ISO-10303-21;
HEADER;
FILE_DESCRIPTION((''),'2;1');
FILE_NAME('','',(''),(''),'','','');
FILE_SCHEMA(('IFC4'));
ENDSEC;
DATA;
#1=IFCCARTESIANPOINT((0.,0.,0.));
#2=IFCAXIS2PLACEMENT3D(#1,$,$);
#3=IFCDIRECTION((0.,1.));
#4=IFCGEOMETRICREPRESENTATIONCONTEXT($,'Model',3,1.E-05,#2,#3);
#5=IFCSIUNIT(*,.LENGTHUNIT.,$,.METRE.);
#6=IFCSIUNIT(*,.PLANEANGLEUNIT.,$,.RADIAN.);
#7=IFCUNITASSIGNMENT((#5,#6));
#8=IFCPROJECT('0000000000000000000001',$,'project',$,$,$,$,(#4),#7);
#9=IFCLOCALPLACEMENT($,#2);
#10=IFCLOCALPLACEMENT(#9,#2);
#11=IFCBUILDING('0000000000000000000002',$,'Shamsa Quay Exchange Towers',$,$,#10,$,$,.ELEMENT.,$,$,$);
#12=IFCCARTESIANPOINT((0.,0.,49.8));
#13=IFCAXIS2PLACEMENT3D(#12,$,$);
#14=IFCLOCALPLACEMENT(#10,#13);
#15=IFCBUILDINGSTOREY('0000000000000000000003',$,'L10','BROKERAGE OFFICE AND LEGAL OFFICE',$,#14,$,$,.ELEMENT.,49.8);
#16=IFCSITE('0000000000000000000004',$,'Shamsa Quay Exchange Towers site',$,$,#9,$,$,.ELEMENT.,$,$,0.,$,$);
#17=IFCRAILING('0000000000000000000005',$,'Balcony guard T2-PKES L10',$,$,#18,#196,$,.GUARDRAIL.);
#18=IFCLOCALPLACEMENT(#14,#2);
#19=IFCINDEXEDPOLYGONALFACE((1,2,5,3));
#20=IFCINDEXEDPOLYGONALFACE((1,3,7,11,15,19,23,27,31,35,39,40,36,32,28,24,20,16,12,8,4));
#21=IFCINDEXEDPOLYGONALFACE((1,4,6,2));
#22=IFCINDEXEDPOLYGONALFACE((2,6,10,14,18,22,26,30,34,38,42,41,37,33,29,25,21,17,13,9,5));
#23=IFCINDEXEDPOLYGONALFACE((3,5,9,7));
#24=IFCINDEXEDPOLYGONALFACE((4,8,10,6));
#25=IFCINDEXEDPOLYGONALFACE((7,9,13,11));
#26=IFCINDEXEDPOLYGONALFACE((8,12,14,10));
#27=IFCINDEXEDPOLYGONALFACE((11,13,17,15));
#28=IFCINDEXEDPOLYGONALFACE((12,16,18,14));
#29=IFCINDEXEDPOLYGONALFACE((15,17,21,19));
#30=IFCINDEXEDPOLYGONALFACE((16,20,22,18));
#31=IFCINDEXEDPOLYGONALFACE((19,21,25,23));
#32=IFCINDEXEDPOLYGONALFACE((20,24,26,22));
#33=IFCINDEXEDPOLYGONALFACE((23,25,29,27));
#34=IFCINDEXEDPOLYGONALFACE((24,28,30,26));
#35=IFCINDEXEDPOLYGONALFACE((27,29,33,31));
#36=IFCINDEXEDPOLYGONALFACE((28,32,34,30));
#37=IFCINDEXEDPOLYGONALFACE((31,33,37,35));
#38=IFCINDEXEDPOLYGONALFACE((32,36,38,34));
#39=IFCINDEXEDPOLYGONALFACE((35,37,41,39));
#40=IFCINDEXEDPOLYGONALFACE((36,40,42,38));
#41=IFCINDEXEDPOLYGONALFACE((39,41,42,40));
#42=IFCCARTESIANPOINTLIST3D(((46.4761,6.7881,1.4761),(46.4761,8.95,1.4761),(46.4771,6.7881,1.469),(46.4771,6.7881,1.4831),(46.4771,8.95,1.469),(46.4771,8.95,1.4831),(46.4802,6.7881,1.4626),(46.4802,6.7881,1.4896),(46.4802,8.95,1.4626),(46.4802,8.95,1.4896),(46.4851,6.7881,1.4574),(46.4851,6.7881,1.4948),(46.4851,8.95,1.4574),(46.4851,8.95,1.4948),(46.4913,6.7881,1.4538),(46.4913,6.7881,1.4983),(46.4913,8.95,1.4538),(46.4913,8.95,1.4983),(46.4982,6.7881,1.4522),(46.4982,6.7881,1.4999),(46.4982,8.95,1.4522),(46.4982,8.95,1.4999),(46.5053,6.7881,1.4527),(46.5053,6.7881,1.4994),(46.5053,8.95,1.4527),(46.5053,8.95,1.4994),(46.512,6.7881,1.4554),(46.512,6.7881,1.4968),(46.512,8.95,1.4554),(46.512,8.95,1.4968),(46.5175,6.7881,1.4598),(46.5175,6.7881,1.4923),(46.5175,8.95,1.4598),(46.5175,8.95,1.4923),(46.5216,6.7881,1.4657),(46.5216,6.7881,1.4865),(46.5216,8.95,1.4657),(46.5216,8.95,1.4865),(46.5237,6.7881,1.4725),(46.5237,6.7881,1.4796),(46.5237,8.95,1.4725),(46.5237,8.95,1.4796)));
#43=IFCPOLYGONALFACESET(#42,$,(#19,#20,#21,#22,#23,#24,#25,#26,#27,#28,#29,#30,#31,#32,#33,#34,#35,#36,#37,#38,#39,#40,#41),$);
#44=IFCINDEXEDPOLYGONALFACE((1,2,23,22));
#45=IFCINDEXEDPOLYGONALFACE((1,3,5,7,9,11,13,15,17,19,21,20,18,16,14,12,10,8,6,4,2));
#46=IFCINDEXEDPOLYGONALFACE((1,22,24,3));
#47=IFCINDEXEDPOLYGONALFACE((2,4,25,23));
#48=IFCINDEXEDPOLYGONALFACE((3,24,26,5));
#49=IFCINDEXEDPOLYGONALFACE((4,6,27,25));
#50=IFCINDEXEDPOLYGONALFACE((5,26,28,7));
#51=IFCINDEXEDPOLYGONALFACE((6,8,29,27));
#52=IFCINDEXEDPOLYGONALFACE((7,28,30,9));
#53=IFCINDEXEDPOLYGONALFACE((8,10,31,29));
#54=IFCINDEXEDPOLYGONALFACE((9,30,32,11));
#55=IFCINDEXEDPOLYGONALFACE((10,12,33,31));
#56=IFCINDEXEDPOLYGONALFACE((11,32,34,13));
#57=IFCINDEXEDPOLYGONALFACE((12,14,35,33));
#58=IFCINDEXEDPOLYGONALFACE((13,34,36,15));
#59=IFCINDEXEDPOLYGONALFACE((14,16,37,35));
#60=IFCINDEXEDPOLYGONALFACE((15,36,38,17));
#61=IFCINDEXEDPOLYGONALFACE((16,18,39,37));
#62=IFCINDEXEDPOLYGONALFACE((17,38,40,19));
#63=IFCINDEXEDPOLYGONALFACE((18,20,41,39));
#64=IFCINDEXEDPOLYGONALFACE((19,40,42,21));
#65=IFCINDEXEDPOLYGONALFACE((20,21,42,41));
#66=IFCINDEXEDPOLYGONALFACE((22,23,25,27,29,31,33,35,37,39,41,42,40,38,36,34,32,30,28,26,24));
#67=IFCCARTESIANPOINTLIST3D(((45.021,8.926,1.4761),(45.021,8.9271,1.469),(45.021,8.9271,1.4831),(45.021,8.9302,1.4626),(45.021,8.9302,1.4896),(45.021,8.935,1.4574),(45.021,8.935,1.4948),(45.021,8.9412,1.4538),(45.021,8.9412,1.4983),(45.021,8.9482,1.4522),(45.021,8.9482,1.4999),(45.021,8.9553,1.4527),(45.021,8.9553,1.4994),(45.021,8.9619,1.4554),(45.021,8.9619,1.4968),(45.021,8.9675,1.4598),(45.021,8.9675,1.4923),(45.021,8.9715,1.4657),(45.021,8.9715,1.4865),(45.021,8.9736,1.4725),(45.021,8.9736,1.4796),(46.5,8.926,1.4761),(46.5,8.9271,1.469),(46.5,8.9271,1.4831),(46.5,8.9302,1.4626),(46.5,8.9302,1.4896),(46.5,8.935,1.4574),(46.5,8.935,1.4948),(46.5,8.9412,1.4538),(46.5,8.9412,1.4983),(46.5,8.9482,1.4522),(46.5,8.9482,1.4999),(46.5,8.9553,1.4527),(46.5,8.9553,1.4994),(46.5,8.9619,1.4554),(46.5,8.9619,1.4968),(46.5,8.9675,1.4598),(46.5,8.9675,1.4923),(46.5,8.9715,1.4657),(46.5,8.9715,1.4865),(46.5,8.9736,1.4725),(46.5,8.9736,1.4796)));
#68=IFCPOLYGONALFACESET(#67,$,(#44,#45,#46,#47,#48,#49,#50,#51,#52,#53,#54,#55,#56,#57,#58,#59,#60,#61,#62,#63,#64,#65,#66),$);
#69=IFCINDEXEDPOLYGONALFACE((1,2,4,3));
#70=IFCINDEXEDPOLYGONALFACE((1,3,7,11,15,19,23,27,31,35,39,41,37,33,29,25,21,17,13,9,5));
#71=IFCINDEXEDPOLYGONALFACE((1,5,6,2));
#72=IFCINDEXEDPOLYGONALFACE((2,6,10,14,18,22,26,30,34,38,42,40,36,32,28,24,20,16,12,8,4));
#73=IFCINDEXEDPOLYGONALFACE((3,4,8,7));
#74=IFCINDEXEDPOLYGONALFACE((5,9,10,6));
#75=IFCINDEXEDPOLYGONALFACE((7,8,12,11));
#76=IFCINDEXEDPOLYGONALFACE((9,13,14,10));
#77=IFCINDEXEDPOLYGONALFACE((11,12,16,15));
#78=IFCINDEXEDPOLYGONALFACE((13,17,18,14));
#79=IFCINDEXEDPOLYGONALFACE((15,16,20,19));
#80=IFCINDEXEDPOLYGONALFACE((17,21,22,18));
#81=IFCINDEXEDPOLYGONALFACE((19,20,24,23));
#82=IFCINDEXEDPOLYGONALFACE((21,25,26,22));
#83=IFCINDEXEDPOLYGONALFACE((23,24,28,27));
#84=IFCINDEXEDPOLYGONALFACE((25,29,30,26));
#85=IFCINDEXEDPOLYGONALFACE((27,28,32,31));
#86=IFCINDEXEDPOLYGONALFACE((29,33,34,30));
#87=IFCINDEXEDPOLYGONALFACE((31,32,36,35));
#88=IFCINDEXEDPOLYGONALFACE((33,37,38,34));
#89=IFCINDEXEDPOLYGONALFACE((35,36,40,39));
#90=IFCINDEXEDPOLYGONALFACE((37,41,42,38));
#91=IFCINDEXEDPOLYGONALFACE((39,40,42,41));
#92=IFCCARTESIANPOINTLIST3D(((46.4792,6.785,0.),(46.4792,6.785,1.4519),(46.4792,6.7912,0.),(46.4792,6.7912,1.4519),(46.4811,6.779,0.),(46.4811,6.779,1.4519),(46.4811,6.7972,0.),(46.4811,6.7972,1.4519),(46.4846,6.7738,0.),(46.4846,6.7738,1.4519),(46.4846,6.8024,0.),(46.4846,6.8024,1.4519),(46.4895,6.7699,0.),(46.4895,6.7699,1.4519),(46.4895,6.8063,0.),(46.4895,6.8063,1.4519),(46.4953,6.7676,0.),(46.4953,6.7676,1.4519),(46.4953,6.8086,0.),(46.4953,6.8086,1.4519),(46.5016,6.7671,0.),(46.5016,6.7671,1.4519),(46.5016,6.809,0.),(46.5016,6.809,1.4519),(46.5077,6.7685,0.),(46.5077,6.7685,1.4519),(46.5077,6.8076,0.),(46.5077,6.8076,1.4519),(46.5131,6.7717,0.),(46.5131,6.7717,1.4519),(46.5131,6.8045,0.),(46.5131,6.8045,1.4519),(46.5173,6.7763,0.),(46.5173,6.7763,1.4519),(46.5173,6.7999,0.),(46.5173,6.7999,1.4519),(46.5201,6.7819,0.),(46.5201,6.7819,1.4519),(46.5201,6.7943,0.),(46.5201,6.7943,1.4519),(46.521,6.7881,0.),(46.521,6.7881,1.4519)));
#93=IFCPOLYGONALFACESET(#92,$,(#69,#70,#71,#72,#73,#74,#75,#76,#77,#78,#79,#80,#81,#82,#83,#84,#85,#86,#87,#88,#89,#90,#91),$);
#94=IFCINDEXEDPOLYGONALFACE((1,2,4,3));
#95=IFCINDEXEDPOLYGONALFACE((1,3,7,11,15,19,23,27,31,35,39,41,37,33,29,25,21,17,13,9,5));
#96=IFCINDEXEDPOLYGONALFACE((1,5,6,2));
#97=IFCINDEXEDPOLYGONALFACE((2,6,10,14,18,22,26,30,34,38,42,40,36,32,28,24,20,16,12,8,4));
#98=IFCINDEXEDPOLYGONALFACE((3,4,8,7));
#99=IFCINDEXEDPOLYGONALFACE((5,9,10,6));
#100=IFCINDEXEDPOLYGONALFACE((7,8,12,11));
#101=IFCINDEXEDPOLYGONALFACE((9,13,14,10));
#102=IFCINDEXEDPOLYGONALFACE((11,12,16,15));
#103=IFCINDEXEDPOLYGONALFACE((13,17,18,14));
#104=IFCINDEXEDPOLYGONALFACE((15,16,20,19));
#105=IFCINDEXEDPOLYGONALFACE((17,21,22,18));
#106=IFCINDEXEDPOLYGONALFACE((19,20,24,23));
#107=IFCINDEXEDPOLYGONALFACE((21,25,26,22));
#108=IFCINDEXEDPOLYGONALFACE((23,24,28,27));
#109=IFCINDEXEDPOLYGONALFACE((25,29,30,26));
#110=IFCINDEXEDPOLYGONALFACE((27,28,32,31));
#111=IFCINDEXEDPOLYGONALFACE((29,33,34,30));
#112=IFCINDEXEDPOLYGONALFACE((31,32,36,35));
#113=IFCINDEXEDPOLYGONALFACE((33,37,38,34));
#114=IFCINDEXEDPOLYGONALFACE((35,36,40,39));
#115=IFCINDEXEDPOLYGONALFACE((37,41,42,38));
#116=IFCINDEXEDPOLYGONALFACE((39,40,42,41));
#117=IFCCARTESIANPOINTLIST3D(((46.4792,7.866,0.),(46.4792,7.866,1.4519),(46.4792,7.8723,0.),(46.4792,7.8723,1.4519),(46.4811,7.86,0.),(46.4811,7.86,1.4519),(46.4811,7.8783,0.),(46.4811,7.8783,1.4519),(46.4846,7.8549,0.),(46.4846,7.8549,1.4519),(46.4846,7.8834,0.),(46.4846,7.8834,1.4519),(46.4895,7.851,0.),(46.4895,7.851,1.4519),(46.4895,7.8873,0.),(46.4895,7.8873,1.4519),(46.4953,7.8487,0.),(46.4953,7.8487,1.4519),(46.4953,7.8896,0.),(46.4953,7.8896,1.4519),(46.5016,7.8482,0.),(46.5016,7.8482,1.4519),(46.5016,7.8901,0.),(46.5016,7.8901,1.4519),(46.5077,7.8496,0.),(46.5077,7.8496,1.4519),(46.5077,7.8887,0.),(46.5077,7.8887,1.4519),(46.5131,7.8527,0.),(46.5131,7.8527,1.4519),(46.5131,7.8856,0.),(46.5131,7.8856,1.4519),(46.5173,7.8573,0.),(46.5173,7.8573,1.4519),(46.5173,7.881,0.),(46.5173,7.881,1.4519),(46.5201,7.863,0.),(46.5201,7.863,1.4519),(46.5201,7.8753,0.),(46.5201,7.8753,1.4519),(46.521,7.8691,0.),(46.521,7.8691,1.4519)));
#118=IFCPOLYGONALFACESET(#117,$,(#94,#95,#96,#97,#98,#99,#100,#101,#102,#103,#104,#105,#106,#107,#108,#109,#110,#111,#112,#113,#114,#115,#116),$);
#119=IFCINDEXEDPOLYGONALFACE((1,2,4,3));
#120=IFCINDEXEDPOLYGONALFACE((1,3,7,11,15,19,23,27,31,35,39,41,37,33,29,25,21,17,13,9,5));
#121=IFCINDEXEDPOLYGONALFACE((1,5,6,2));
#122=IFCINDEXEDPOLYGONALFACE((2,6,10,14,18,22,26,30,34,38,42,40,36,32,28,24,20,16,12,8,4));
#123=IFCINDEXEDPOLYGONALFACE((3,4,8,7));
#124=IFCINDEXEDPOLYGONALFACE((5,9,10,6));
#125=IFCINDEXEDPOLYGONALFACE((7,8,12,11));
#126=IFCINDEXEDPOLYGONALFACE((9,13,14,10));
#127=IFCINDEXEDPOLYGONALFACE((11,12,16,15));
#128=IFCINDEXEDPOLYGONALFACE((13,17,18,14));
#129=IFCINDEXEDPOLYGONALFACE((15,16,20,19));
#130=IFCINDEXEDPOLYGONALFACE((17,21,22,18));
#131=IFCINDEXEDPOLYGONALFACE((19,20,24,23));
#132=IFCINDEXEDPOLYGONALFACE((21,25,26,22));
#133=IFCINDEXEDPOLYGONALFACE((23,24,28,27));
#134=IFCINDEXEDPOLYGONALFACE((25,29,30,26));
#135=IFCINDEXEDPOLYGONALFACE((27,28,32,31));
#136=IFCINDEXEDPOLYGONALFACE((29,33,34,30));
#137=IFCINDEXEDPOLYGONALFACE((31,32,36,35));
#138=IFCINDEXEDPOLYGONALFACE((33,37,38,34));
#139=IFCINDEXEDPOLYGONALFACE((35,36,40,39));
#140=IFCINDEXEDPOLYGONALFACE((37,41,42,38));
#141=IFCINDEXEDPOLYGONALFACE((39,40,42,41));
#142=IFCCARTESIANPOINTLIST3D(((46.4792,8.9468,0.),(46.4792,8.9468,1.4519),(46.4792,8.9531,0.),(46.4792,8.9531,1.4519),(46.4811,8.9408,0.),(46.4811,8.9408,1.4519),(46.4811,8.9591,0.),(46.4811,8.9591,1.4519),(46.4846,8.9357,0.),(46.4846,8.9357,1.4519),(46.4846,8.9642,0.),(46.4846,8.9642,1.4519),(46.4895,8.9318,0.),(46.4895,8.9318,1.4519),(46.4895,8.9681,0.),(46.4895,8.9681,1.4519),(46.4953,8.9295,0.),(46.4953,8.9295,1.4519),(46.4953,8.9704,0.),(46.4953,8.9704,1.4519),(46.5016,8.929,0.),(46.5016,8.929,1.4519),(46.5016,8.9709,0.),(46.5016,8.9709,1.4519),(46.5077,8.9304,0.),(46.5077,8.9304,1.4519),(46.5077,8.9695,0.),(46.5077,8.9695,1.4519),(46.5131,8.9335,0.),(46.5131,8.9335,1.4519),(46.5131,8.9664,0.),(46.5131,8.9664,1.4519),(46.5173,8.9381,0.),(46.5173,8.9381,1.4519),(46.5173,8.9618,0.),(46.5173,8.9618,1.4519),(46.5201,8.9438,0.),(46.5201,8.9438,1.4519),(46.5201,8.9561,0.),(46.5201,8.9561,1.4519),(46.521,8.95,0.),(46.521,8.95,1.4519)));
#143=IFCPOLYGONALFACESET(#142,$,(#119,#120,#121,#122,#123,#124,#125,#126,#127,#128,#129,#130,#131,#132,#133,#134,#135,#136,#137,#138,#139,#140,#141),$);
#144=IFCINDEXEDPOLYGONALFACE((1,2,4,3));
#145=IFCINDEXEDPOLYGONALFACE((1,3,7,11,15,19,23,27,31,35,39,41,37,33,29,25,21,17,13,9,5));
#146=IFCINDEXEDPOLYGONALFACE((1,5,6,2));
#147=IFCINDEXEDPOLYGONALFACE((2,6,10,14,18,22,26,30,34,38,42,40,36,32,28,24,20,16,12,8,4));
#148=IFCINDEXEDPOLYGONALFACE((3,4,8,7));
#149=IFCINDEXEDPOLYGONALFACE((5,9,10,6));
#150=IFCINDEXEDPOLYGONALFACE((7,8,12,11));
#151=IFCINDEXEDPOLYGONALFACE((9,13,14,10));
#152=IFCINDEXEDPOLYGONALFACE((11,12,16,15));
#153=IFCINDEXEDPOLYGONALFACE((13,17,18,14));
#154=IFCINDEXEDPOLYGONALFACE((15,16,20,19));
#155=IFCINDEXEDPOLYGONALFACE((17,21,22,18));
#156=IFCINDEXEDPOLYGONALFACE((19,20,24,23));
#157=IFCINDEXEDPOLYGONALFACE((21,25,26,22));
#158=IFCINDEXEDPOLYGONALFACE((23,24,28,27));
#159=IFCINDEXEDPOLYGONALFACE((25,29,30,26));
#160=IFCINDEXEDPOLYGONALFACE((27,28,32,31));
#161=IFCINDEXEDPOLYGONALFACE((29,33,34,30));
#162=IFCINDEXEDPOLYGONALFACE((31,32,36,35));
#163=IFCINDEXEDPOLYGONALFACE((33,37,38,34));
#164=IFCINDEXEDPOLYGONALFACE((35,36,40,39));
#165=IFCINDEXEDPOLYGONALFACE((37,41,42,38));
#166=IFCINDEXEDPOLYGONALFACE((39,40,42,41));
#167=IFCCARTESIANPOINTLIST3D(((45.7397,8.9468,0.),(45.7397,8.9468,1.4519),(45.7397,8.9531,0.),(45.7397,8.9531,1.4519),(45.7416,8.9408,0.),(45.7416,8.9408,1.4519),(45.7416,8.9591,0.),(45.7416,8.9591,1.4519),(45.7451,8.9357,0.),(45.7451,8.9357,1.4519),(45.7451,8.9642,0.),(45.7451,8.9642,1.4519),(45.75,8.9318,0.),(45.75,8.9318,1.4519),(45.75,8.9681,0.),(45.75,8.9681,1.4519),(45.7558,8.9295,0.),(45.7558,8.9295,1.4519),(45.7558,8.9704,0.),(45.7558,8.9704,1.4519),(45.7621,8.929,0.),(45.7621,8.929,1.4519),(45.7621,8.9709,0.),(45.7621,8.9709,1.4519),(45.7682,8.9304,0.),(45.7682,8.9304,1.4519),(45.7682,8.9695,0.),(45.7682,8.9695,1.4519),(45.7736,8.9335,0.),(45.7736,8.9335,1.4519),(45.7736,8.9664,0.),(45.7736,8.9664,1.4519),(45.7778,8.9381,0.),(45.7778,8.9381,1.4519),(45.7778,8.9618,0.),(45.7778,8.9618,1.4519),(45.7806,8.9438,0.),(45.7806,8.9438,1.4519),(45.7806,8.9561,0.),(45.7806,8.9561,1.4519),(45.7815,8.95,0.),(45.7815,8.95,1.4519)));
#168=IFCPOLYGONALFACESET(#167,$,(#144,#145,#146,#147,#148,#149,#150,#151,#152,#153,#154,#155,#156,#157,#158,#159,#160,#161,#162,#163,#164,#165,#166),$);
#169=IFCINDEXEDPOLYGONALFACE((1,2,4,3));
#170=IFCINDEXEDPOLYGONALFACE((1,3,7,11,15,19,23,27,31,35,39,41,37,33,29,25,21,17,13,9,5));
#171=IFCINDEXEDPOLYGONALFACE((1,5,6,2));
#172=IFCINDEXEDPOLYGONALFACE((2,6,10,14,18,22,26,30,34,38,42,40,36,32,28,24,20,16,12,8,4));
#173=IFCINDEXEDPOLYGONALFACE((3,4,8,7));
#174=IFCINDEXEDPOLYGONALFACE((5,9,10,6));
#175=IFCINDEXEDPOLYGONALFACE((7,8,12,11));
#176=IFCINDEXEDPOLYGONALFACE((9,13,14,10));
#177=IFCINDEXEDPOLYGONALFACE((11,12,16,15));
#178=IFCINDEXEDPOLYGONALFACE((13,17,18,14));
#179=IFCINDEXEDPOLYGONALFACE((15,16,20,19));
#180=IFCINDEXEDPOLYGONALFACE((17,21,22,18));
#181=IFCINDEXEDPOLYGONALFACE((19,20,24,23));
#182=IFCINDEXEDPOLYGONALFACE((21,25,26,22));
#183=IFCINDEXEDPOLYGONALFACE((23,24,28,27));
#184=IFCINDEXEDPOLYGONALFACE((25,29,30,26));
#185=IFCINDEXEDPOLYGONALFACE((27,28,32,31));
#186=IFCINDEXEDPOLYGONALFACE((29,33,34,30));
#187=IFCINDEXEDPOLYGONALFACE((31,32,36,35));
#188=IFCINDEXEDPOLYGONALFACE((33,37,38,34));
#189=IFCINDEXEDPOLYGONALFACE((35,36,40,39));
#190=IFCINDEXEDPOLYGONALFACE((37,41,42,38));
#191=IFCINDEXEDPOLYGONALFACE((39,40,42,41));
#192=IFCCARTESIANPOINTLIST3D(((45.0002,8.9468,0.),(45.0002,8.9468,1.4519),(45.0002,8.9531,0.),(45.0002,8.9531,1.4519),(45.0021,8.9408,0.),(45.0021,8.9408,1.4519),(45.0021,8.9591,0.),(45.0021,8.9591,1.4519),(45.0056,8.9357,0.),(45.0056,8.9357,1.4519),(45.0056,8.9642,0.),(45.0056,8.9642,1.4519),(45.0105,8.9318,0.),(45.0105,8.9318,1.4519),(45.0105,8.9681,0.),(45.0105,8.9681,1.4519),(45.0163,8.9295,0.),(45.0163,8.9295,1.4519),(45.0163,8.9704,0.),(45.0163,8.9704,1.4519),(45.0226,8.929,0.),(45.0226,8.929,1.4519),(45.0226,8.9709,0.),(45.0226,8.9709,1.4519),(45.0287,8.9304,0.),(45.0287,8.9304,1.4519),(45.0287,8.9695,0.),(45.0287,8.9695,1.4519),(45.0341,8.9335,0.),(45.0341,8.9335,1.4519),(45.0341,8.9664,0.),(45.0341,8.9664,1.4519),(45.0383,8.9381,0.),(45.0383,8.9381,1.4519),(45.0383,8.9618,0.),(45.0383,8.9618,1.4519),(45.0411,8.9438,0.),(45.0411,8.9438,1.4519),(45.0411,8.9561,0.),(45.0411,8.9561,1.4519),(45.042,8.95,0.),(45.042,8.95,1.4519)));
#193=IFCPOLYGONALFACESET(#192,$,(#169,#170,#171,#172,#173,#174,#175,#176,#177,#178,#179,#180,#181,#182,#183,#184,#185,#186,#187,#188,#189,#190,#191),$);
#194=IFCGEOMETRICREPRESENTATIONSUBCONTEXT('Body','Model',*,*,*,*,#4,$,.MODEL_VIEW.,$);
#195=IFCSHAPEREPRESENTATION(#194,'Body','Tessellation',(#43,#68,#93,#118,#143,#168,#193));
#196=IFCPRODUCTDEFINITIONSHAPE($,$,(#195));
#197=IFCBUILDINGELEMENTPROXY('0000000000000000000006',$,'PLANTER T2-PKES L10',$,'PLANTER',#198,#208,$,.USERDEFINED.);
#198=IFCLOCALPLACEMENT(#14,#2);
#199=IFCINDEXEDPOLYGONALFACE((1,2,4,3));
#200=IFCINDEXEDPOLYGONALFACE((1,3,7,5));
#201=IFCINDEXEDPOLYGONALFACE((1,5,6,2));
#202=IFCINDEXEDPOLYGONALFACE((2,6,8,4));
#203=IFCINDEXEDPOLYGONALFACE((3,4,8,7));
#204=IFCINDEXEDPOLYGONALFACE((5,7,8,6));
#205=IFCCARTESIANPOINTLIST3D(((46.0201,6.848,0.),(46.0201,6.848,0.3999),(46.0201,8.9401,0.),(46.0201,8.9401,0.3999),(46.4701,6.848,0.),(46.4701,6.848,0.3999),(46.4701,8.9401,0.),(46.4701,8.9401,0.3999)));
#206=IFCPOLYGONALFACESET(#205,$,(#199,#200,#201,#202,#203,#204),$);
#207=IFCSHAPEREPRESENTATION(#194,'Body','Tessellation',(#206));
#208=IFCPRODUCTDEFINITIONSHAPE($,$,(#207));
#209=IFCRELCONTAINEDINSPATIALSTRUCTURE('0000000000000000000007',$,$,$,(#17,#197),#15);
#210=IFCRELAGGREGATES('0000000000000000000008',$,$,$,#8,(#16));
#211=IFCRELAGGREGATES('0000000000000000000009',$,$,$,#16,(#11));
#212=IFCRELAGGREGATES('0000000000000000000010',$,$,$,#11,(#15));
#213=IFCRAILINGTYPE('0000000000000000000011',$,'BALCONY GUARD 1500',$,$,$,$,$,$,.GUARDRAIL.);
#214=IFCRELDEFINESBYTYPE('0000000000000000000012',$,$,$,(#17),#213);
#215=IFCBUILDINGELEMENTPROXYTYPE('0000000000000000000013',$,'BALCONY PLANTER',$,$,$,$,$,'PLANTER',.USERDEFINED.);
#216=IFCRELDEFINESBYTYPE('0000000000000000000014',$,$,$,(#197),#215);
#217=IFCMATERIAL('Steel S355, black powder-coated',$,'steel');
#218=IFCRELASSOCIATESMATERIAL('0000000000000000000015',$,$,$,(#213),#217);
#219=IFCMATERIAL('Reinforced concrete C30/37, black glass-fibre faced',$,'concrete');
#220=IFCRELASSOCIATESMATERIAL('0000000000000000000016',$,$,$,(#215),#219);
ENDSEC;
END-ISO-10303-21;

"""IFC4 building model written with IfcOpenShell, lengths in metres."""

from ifc_helpers import new_model, si_unit, direction, frame, origin, origin_2d, place, context, subcontext, project, spatial, rectangle, circle, extrude, material, type_object, element, save


model = new_model("IFC4")

# Units and contexts
model_context = context("Model", 3, precision=1e-05, world=origin(), true_north=direction((0.0, 1.0)))
body_context = subcontext(model_context, "Body", "Model", "MODEL_VIEW")
ifc_project = project(units=[si_unit("LENGTHUNIT", "METRE"), si_unit("PLANEANGLEUNIT", "RADIAN")], contexts=[model_context])

# Site, building, storey
site_placement = place(None, origin())
site = spatial("IfcSite", under=ifc_project, at=site_placement, Name="Shamsa Quay Exchange Towers site", CompositionType="ELEMENT", RefElevation=0.0)
building_placement = place(site_placement, origin())
building = spatial("IfcBuilding", under=site, at=building_placement, Name="Shamsa Quay Exchange Towers", CompositionType="ELEMENT")
storey_placement = place(building_placement, frame((0.0, 0.0, 49.8)))
storey = spatial("IfcBuildingStorey", under=building, at=storey_placement, Name="L10", Description="BROKERAGE OFFICE AND LEGAL OFFICE", CompositionType="ELEMENT", Elevation=49.8)

# Railing
ifc_material_1 = material(Name="Steel S355, black powder-coated", Category="steel")
railing_type_1 = type_object("IfcRailingType", Name="BALCONY GUARD 1500", PredefinedType="GUARDRAIL", material=ifc_material_1)
railing_1_placement = place(storey_placement, frame((46.5, 6.7881, 0.0)))
element("IfcRailing", 1, at=railing_1_placement, inside=storey, type_object=railing_type_1, Name="Balcony guard T2-PKES L10", PredefinedType="GUARDRAIL", context=body_context, shape_type="SweptSolid", body=[
    extrude(circle(Radius=0.0239, at=origin_2d()), frame((0.0, 0.0, 1.4761), z_axis=(0.0, 1.0, 0.0), x_axis=(-1.0, 0.0, 0.0)), (0.0, 0.0, 1.0), 2.1619),
    extrude(circle(Radius=0.0239, at=origin_2d()), frame((0.0, 2.1619, 1.4761), z_axis=(-1.0, 0.0, 0.0), x_axis=(0.0, -1.0, 0.0)), (0.0, 0.0, 1.0), 1.479),
    extrude(circle(Radius=0.021, at=origin_2d()), origin(), (0.0, 0.0, 1.0), 1.4519),
    extrude(circle(Radius=0.021, at=origin_2d()), frame((0.0, 1.0811, 0.0)), (0.0, 0.0, 1.0), 1.4519),
    extrude(circle(Radius=0.021, at=origin_2d()), frame((0.0, 2.1619, 0.0)), (0.0, 0.0, 1.0), 1.4519),
    extrude(circle(Radius=0.021, at=origin_2d()), frame((-0.7395, 2.1619, 0.0)), (0.0, 0.0, 1.0), 1.4519),
    extrude(circle(Radius=0.021, at=origin_2d()), frame((-1.479, 2.1619, 0.0)), (0.0, 0.0, 1.0), 1.4519),
])

# Building element proxy
ifc_material_2 = material(Name="Reinforced concrete C30/37, black glass-fibre faced", Category="concrete")
building_element_proxy_type = type_object("IfcBuildingElementProxyType", Name="BALCONY PLANTER", ElementType="PLANTER", PredefinedType="USERDEFINED", material=ifc_material_2)
proxy_placement = place(storey_placement, frame((46.2451, 7.894, 0.0), z_axis=(0.0, 0.0, 1.0), x_axis=(0.0, 1.0, 0.0)))
element("IfcBuildingElementProxy", 2, at=proxy_placement, inside=storey, type_object=building_element_proxy_type, Name="PLANTER T2-PKES L10", ObjectType="PLANTER", PredefinedType="USERDEFINED", context=body_context, shape_type="SweptSolid", body=[
    extrude(rectangle(XDim=2.092, YDim=0.45, at=origin_2d()), origin(), (0.0, 0.0, 1.0), 0.3999),
])

save(model, "model.ifc")
